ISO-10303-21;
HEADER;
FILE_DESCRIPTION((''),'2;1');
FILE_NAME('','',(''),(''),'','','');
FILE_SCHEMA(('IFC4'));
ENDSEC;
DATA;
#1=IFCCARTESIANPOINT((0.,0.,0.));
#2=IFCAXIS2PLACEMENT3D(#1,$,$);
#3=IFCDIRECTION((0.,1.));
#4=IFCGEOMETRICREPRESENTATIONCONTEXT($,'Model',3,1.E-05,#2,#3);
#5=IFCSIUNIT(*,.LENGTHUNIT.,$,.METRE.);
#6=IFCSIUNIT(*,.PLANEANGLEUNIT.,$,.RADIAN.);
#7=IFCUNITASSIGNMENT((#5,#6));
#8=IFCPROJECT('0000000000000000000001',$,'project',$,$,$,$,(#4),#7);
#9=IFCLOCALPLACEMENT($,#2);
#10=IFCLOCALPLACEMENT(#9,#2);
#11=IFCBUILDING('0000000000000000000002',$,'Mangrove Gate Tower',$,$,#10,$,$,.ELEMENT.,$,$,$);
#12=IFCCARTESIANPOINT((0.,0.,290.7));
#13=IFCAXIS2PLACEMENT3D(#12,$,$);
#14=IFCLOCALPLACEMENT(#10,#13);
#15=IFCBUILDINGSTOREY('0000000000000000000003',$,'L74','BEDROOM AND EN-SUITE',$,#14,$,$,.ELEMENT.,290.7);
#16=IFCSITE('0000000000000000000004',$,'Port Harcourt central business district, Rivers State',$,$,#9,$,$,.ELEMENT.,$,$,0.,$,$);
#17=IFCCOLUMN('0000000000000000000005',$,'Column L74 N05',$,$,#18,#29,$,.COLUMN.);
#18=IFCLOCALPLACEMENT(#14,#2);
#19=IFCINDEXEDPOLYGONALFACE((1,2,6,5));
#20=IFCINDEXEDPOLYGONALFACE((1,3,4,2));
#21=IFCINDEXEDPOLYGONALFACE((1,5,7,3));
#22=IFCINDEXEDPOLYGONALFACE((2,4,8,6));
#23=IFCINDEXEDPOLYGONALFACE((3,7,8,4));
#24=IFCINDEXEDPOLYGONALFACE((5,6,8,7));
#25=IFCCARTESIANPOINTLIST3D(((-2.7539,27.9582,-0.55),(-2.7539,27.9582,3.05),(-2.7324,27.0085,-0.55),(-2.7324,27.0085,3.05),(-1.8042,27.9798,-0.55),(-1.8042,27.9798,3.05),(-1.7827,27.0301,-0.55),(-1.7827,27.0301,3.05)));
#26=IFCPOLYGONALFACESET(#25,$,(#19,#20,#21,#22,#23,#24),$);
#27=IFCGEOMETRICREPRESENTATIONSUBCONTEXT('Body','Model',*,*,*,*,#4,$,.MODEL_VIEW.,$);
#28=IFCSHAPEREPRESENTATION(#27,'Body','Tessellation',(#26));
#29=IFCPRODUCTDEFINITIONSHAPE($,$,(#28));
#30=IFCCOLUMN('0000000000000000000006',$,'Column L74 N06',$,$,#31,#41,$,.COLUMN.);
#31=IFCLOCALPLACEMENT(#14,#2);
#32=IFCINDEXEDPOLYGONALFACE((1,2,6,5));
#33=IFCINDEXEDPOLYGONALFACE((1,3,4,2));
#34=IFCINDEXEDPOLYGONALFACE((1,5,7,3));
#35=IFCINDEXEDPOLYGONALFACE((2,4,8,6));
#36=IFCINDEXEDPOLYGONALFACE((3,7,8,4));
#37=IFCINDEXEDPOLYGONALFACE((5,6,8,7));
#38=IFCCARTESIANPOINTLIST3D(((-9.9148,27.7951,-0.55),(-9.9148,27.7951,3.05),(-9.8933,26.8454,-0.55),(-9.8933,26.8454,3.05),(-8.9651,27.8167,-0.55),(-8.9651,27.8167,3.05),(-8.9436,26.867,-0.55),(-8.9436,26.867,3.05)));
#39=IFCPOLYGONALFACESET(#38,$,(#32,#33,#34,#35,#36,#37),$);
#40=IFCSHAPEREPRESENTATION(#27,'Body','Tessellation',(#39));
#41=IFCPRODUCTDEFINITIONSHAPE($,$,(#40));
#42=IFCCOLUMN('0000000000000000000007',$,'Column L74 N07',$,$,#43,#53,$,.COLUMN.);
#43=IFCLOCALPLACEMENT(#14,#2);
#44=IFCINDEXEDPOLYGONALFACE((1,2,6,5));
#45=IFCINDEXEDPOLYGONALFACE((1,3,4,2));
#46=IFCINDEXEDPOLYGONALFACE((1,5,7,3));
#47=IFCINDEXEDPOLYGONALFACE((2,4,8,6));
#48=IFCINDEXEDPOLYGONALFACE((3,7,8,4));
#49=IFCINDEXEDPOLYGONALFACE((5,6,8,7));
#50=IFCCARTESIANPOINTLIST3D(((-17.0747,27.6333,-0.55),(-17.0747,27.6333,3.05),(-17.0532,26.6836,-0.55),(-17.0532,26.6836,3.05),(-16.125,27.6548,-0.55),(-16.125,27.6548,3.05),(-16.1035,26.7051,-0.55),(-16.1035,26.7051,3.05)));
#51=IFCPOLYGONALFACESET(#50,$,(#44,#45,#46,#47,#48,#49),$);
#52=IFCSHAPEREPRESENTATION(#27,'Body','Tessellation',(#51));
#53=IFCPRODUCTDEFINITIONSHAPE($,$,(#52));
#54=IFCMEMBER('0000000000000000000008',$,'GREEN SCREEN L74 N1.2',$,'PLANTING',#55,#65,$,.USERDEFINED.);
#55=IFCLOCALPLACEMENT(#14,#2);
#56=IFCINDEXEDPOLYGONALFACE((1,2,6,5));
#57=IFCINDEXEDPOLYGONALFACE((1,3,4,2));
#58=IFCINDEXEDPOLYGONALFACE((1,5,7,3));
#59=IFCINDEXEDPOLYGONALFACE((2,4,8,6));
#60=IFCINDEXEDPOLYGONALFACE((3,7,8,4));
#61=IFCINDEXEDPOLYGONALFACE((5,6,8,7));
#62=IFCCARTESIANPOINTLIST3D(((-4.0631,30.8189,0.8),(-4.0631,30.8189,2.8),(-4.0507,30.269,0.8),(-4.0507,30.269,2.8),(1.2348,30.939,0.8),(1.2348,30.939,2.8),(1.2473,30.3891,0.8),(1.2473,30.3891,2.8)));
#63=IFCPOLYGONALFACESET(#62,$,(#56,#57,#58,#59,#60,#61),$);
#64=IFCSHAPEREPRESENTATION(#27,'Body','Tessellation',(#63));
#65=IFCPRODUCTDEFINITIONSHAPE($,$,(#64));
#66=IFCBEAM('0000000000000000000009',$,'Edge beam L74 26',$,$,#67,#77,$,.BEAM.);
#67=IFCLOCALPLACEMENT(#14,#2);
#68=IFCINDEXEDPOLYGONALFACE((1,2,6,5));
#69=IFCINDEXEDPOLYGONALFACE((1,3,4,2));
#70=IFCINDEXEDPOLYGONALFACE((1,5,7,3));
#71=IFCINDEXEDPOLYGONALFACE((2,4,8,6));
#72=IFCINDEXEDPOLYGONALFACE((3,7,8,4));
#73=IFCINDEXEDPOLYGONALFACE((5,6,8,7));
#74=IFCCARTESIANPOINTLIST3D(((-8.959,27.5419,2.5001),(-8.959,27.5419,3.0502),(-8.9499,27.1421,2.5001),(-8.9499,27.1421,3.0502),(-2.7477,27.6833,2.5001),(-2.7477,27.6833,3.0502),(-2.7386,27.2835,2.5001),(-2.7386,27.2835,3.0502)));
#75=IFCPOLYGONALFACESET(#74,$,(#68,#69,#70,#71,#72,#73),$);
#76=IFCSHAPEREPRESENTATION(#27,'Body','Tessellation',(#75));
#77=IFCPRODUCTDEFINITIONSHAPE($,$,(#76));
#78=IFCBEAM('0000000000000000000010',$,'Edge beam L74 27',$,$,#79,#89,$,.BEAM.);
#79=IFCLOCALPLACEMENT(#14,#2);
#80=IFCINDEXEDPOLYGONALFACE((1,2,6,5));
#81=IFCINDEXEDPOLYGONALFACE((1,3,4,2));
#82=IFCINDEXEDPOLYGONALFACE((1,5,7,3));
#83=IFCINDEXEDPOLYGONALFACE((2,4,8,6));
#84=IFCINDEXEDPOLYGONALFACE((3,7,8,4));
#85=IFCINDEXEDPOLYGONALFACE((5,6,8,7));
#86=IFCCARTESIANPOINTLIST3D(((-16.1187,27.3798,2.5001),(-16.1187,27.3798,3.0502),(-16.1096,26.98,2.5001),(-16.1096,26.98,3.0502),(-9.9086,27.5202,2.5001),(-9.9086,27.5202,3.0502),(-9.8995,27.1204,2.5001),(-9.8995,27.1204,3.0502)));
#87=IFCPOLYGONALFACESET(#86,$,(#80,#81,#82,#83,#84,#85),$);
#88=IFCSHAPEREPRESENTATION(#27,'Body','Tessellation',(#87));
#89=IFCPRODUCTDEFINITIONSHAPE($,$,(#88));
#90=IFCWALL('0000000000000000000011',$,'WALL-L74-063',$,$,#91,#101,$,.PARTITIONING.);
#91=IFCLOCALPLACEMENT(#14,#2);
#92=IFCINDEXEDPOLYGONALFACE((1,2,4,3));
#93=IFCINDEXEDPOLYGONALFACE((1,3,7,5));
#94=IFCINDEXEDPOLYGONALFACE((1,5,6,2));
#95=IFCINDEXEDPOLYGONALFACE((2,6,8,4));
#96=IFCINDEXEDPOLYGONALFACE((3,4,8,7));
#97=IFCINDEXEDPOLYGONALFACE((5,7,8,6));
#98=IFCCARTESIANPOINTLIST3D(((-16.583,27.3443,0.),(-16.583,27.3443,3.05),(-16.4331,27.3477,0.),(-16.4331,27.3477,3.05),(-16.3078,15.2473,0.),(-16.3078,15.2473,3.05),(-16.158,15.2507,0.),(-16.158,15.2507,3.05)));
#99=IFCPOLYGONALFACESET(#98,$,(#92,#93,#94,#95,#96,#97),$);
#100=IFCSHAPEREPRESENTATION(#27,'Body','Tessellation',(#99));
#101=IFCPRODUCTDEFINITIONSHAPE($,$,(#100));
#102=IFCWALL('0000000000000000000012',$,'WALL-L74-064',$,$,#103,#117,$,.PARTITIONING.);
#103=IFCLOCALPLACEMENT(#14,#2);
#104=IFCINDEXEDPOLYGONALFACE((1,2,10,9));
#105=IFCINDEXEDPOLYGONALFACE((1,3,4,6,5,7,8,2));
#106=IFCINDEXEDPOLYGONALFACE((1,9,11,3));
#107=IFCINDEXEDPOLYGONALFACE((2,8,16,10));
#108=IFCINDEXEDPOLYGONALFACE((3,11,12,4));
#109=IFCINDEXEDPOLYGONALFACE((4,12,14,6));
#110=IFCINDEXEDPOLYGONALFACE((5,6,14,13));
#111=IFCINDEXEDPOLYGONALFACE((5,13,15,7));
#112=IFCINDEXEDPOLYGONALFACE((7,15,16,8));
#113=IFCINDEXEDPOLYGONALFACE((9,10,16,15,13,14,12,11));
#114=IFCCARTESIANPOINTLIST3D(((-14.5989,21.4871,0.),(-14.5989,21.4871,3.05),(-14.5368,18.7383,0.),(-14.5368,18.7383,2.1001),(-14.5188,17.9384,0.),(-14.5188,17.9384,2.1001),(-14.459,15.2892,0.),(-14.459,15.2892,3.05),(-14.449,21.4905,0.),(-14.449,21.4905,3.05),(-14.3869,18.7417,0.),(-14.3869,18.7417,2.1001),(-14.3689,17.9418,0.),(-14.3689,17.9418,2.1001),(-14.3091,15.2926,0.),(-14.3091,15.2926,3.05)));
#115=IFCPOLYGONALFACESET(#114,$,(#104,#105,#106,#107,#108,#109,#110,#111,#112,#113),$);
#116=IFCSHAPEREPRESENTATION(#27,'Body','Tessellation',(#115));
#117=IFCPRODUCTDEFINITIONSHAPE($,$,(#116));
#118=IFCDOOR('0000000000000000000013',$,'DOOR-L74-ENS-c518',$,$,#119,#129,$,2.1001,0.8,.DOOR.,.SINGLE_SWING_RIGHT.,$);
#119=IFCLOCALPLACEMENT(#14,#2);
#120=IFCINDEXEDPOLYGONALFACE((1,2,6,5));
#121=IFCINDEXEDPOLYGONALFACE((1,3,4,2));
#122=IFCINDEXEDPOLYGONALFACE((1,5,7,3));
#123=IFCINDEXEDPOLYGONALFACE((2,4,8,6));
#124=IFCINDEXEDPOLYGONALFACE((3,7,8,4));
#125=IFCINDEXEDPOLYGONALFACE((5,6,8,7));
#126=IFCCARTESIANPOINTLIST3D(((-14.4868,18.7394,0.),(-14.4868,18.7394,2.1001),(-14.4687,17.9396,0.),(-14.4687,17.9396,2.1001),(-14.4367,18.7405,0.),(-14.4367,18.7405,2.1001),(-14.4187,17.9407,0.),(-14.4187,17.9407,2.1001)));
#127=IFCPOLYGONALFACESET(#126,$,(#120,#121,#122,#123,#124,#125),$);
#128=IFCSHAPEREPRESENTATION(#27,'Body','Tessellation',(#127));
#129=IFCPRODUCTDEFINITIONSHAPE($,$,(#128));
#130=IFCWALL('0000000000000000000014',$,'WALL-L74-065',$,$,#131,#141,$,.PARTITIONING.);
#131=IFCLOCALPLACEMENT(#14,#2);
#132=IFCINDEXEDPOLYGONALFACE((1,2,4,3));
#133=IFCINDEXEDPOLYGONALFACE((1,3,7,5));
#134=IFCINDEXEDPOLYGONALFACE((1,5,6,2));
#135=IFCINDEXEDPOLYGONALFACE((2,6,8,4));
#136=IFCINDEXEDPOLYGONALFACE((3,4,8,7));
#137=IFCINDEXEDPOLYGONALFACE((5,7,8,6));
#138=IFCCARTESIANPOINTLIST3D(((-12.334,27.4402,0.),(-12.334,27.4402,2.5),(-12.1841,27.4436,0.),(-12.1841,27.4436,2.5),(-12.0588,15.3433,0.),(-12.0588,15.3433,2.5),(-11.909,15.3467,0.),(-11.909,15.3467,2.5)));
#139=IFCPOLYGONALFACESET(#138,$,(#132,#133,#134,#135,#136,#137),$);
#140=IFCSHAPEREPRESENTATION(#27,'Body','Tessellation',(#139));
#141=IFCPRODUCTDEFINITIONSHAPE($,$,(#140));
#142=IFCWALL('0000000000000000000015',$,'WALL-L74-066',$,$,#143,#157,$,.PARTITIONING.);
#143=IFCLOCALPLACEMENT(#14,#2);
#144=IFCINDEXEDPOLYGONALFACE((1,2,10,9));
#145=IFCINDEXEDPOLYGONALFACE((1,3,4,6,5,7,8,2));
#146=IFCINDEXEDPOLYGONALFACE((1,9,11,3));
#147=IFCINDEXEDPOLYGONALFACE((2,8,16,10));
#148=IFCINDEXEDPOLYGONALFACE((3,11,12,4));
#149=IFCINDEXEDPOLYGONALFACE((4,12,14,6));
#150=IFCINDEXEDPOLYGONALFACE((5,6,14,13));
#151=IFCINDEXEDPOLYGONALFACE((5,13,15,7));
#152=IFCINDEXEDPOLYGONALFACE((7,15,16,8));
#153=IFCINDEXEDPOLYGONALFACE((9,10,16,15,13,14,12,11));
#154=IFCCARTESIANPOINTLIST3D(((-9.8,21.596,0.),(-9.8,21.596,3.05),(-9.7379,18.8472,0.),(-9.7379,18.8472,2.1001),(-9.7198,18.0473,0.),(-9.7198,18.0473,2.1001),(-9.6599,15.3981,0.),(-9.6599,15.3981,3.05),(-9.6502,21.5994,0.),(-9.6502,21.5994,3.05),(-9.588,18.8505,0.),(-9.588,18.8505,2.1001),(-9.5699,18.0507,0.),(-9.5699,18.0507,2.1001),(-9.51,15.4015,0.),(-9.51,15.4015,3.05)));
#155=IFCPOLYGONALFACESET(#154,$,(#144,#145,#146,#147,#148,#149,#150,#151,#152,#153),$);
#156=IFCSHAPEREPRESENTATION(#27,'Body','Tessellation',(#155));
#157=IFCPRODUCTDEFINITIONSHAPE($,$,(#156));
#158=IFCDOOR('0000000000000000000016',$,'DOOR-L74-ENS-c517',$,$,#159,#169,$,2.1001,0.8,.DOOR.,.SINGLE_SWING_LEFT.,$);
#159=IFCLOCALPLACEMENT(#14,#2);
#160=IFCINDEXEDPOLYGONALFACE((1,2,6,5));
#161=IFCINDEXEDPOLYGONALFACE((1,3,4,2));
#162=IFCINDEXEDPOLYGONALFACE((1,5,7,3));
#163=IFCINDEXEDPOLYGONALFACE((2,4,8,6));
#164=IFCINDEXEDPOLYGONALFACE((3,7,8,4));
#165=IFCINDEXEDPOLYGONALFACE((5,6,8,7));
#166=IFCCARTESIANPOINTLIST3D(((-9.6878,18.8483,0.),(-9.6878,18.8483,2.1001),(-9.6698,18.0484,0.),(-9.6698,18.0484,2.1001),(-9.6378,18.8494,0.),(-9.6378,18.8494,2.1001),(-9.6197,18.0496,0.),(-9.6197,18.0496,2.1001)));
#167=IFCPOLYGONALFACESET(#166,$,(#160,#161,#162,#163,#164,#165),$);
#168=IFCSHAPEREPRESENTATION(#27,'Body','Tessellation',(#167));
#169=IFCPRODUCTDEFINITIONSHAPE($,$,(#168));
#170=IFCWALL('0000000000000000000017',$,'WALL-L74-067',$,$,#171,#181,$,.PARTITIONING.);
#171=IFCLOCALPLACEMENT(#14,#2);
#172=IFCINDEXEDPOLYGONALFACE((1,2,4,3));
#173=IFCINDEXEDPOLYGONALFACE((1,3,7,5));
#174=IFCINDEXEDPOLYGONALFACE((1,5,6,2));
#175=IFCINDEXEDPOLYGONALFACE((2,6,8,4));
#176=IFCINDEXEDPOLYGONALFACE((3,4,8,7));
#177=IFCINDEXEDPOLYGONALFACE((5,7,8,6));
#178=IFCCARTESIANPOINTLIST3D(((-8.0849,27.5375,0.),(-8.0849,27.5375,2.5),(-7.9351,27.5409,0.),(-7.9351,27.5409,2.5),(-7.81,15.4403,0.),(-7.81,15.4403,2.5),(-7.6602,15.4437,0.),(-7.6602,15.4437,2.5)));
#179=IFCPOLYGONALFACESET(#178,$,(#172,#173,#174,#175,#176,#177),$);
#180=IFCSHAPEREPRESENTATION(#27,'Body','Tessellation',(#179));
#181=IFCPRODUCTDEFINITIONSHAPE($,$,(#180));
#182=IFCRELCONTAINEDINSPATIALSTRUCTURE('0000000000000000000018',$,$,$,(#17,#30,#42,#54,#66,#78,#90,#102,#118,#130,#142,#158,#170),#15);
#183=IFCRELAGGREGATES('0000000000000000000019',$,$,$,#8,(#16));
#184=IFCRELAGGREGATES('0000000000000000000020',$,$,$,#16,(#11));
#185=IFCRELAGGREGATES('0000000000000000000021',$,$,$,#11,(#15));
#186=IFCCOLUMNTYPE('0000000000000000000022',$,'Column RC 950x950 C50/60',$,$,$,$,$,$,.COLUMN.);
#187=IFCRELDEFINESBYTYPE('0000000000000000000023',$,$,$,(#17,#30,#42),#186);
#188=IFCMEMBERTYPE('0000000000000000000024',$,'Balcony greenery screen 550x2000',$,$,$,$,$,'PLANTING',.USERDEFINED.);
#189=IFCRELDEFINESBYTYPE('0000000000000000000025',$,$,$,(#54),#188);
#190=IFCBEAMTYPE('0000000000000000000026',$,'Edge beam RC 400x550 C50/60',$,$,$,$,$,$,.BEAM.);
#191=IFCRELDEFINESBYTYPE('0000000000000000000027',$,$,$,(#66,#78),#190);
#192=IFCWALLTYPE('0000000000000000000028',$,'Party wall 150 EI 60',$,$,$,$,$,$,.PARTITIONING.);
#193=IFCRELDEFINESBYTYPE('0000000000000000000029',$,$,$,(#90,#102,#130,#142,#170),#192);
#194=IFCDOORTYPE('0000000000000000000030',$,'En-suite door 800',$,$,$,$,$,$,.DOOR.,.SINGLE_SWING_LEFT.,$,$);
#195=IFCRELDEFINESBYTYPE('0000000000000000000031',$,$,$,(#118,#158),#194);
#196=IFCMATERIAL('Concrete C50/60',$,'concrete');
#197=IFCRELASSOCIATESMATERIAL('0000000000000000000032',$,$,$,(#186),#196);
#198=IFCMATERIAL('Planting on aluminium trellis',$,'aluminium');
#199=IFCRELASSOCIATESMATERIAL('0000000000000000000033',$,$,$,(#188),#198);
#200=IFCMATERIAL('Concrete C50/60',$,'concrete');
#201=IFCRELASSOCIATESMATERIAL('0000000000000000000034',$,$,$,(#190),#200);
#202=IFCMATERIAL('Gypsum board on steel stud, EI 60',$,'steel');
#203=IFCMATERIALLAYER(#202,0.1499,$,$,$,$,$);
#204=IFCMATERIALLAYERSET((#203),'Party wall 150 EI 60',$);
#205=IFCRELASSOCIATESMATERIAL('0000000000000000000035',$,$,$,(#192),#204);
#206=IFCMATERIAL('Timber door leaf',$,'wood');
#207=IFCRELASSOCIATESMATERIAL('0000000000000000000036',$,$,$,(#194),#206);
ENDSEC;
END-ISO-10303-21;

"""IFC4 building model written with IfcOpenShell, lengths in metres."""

from ifc_helpers import new_model, si_unit, direction, frame, frame_2d, origin, origin_2d, place, context, subcontext, project, spatial, rectangle, extrude, material, layer, layer_set, material_profile, profile_set, type_object, element, fill, save


model = new_model("IFC4")

# Units and contexts
model_context = context("Model", 3, precision=1e-05, world=origin(), true_north=direction((0.0, 1.0)))
body_context = subcontext(model_context, "Body", "Model", "MODEL_VIEW")
ifc_project = project(units=[si_unit("LENGTHUNIT", "METRE"), si_unit("PLANEANGLEUNIT", "RADIAN")], contexts=[model_context])

# Site, building, storey
site_placement = place(None, origin())
site = spatial("IfcSite", under=ifc_project, at=site_placement, Name="Port Harcourt central business district, Rivers State", CompositionType="ELEMENT", RefElevation=0.0)
building_placement = place(site_placement, origin())
building = spatial("IfcBuilding", under=site, at=building_placement, Name="Mangrove Gate Tower", CompositionType="ELEMENT")
storey_placement = place(building_placement, frame((0.0, 0.0, 290.7)))
storey = spatial("IfcBuildingStorey", under=building, at=storey_placement, Name="L74", Description="BEDROOM AND EN-SUITE", CompositionType="ELEMENT", Elevation=290.7)

# Columns
ifc_material_1 = material(Name="Concrete C50/60", Category="concrete")
ifc_material_profile_1 = material_profile(ifc_material_1, rectangle(XDim=0.95, YDim=0.95, at=origin_2d()))
ifc_profile_set_1 = profile_set([ifc_material_profile_1], Name="Concrete C50/60")
column_type = type_object("IfcColumnType", Name="Column RC 950x950 C50/60", PredefinedType="COLUMN", material=ifc_profile_set_1)
for number, where, z_axis, x_axis, name in (
    (1, (-2.2683, 27.4941, -0.55), (0.0, 0.0, 1.0), (-0.999743, -0.022688, 0.0), "Column L74 N05"),
    (2, (-9.4292, 27.3311, -0.55), (0.0, 0.0, 1.0), (-0.999743, -0.022688, 0.0), "Column L74 N06"),
    (3, (-16.5891, 27.1692, -0.55), (0.0, 0.0, 1.0), (-0.999743, -0.022688, 0.0), "Column L74 N07"),
):
    element("IfcColumn", number, at=place(storey_placement, frame(where, z_axis=z_axis, x_axis=x_axis)), inside=storey, type_object=column_type, Name=name, PredefinedType="COLUMN", context=body_context, shape_type="SweptSolid", body=[
        extrude(rectangle(XDim=0.95, YDim=0.95, at=origin_2d()), origin(), (0.0, 0.0, 1.0), 3.6001),
    ])

# Member
ifc_material_2 = material(Name="Planting on aluminium trellis", Category="aluminium")
ifc_material_profile_2 = material_profile(ifc_material_2, rectangle(XDim=0.55, YDim=2.0, at=origin_2d()))
ifc_profile_set_2 = profile_set([ifc_material_profile_2], Name="Planting on aluminium trellis")
member_type = type_object("IfcMemberType", Name="Balcony greenery screen 550x2000", ElementType="PLANTING", PredefinedType="USERDEFINED", material=ifc_profile_set_2)
member_placement = place(storey_placement, frame((-4.0569, 30.5439, 1.8), z_axis=(0.999743, 0.022667, 0.0), x_axis=(-0.022667, 0.999743, 0.0)))
element("IfcMember", 4, at=member_placement, inside=storey, type_object=member_type, Name="GREEN SCREEN L74 N1.2", ObjectType="PLANTING", PredefinedType="USERDEFINED", context=body_context, shape_type="SweptSolid", body=[
    extrude(rectangle(XDim=0.55, YDim=2.0, at=origin_2d()), origin(), (0.0, 0.0, 1.0), 5.2993),
])

# Beams
ifc_material_3 = material(Name="Concrete C50/60", Category="concrete")
ifc_material_profile_3 = material_profile(ifc_material_3, rectangle(XDim=0.3999, YDim=0.55, at=origin_2d()))
ifc_profile_set_3 = profile_set([ifc_material_profile_3], Name="Concrete C50/60")
beam_type = type_object("IfcBeamType", Name="Edge beam RC 400x550 C50/60", PredefinedType="BEAM", material=ifc_profile_set_3)
beam_1_placement = place(storey_placement, frame((-2.7432, 27.4834, 2.7751), z_axis=(-0.999741, -0.022753, 0.0), x_axis=(0.022753, -0.999741, 0.0)))
element("IfcBeam", 5, at=beam_1_placement, inside=storey, type_object=beam_type, Name="Edge beam L74 26", PredefinedType="BEAM", context=body_context, shape_type="SweptSolid", body=[
    extrude(rectangle(XDim=0.3999, YDim=0.55, at=origin_2d()), origin(), (0.0, 0.0, 1.0), 6.2129),
])
beam_2_placement = place(storey_placement, frame((-9.9041, 27.3203, 2.7751), z_axis=(-0.999745, -0.022599, 0.0), x_axis=(0.022599, -0.999745, 0.0)))
element("IfcBeam", 6, at=beam_2_placement, inside=storey, type_object=beam_type, Name="Edge beam L74 27", PredefinedType="BEAM", context=body_context, shape_type="SweptSolid", body=[
    extrude(rectangle(XDim=0.3999, YDim=0.55, at=origin_2d()), origin(), (0.0, 0.0, 1.0), 6.2117),
])

# Wall
ifc_material_4 = material(Name="Gypsum board on steel stud, EI 60", Category="steel")
ifc_layer_1 = layer(ifc_material_4, 0.1499)
ifc_layer_set_1 = layer_set([ifc_layer_1], Name="Party wall 150 EI 60")
wall_type_1 = type_object("IfcWallType", Name="Party wall 150 EI 60", PredefinedType="PARTITIONING", material=ifc_layer_set_1)
wall_1_placement = place(storey_placement, frame((-16.2329, 15.249, 0.0), z_axis=(0.0, 0.0, 1.0), x_axis=(-0.022739, 0.999741, 0.0)))
element("IfcWall", 7, at=wall_1_placement, inside=storey, type_object=wall_type_1, Name="WALL-L74-063", PredefinedType="PARTITIONING", context=body_context, shape_type="SweptSolid", body=[
    extrude(rectangle(XDim=12.1001, YDim=0.1499, at=frame_2d((6.05, 0.0))), origin(), (0.0, 0.0, 1.0), 3.05),
])

# Wall, opening, door
wall_2_placement = place(storey_placement, frame((-14.384, 15.291, 0.0), z_axis=(0.0, 0.0, 1.0), x_axis=(-0.022565, 0.999745, 0.0)))
wall_2 = element("IfcWall", 8, at=wall_2_placement, inside=storey, type_object=wall_type_1, Name="WALL-L74-064", PredefinedType="PARTITIONING", context=body_context, shape_type="SweptSolid", body=[
    extrude(rectangle(XDim=6.1995, YDim=0.1499, at=frame_2d((3.0996, 0.0))), origin(), (0.0, 0.0, 1.0), 3.05),
])
opening_1_placement = place(wall_2_placement, frame((2.6499, 0.0, 0.0)))
opening_1 = element("IfcOpeningElement", 9, at=opening_1_placement, cuts=wall_2, PredefinedType="OPENING", context=body_context, shape_type="SweptSolid", body=[
    extrude(rectangle(XDim=0.8, YDim=2.1001, at=frame_2d((0.3999, 1.05))), frame((0.0, 0.085, 0.0), z_axis=(0.0, -1.0, 0.0), x_axis=(1.0, 0.0, 0.0)), (0.0, 0.0, 1.0), 0.1699),
])
ifc_material_5 = material(Name="Timber door leaf", Category="wood")
door_type = type_object("IfcDoorType", Name="En-suite door 800", OperationType="SINGLE_SWING_LEFT", PredefinedType="DOOR", material=ifc_material_5)
door_1_placement = place(opening_1_placement, origin())
door_1 = element("IfcDoor", 10, at=door_1_placement, inside=storey, type_object=door_type, Name="DOOR-L74-ENS-c518", OperationType="SINGLE_SWING_RIGHT", OverallHeight=2.1001, OverallWidth=0.8, PredefinedType="DOOR", context=body_context, shape_type="SweptSolid", body=[
    extrude(rectangle(XDim=0.8, YDim=2.1001, at=frame_2d((0.3999, 1.05))), frame((0.0, 0.0249, 0.0), z_axis=(0.0, -1.0, 0.0), x_axis=(1.0, 0.0, 0.0)), (0.0, 0.0, 1.0), 0.05),
])
fill(opening_1, door_1)

# Wall
wall_3_placement = place(storey_placement, frame((-11.9839, 15.345, 0.0), z_axis=(0.0, 0.0, 1.0), x_axis=(-0.022739, 0.999741, 0.0)))
element("IfcWall", 11, at=wall_3_placement, inside=storey, type_object=wall_type_1, Name="WALL-L74-065", PredefinedType="PARTITIONING", context=body_context, shape_type="SweptSolid", body=[
    extrude(rectangle(XDim=12.1001, YDim=0.1499, at=frame_2d((6.05, 0.0))), origin(), (0.0, 0.0, 1.0), 2.5),
])

# Wall, opening, door
wall_4_placement = place(storey_placement, frame((-9.585, 15.3999, 0.0), z_axis=(0.0, 0.0, 1.0), x_axis=(-0.022604, 0.999744, 0.0)))
wall_4 = element("IfcWall", 12, at=wall_4_placement, inside=storey, type_object=wall_type_1, Name="WALL-L74-066", PredefinedType="PARTITIONING", context=body_context, shape_type="SweptSolid", body=[
    extrude(rectangle(XDim=6.1995, YDim=0.1499, at=frame_2d((3.0996, 0.0))), origin(), (0.0, 0.0, 1.0), 3.05),
])
opening_2_placement = place(wall_4_placement, frame((2.6499, 0.0, 0.0)))
opening_2 = element("IfcOpeningElement", 13, at=opening_2_placement, cuts=wall_4, PredefinedType="OPENING", context=body_context, shape_type="SweptSolid", body=[
    extrude(rectangle(XDim=0.8, YDim=2.1001, at=frame_2d((0.3999, 1.05))), frame((0.0, 0.085, 0.0), z_axis=(0.0, -1.0, 0.0), x_axis=(1.0, 0.0, 0.0)), (0.0, 0.0, 1.0), 0.1699),
])
door_2_placement = place(opening_2_placement, origin())
door_2 = element("IfcDoor", 14, at=door_2_placement, inside=storey, type_object=door_type, Name="DOOR-L74-ENS-c517", OperationType="SINGLE_SWING_LEFT", OverallHeight=2.1001, OverallWidth=0.8, PredefinedType="DOOR", context=body_context, shape_type="SweptSolid", body=[
    extrude(rectangle(XDim=0.8, YDim=2.1001, at=frame_2d((0.3999, 1.05))), frame((0.0, 0.0249, 0.0), z_axis=(0.0, -1.0, 0.0), x_axis=(1.0, 0.0, 0.0)), (0.0, 0.0, 1.0), 0.05),
])
fill(opening_2, door_2)

# Wall
wall_5_placement = place(storey_placement, frame((-7.7351, 15.4419, 0.0), z_axis=(0.0, 0.0, 1.0), x_axis=(-0.022719, 0.999742, 0.0)))
element("IfcWall", 15, at=wall_5_placement, inside=storey, type_object=wall_type_1, Name="WALL-L74-067", PredefinedType="PARTITIONING", context=body_context, shape_type="SweptSolid", body=[
    extrude(rectangle(XDim=12.1003, YDim=0.1499, at=frame_2d((6.0503, 0.0))), origin(), (0.0, 0.0, 1.0), 2.5),
])

save(model, "model.ifc")
